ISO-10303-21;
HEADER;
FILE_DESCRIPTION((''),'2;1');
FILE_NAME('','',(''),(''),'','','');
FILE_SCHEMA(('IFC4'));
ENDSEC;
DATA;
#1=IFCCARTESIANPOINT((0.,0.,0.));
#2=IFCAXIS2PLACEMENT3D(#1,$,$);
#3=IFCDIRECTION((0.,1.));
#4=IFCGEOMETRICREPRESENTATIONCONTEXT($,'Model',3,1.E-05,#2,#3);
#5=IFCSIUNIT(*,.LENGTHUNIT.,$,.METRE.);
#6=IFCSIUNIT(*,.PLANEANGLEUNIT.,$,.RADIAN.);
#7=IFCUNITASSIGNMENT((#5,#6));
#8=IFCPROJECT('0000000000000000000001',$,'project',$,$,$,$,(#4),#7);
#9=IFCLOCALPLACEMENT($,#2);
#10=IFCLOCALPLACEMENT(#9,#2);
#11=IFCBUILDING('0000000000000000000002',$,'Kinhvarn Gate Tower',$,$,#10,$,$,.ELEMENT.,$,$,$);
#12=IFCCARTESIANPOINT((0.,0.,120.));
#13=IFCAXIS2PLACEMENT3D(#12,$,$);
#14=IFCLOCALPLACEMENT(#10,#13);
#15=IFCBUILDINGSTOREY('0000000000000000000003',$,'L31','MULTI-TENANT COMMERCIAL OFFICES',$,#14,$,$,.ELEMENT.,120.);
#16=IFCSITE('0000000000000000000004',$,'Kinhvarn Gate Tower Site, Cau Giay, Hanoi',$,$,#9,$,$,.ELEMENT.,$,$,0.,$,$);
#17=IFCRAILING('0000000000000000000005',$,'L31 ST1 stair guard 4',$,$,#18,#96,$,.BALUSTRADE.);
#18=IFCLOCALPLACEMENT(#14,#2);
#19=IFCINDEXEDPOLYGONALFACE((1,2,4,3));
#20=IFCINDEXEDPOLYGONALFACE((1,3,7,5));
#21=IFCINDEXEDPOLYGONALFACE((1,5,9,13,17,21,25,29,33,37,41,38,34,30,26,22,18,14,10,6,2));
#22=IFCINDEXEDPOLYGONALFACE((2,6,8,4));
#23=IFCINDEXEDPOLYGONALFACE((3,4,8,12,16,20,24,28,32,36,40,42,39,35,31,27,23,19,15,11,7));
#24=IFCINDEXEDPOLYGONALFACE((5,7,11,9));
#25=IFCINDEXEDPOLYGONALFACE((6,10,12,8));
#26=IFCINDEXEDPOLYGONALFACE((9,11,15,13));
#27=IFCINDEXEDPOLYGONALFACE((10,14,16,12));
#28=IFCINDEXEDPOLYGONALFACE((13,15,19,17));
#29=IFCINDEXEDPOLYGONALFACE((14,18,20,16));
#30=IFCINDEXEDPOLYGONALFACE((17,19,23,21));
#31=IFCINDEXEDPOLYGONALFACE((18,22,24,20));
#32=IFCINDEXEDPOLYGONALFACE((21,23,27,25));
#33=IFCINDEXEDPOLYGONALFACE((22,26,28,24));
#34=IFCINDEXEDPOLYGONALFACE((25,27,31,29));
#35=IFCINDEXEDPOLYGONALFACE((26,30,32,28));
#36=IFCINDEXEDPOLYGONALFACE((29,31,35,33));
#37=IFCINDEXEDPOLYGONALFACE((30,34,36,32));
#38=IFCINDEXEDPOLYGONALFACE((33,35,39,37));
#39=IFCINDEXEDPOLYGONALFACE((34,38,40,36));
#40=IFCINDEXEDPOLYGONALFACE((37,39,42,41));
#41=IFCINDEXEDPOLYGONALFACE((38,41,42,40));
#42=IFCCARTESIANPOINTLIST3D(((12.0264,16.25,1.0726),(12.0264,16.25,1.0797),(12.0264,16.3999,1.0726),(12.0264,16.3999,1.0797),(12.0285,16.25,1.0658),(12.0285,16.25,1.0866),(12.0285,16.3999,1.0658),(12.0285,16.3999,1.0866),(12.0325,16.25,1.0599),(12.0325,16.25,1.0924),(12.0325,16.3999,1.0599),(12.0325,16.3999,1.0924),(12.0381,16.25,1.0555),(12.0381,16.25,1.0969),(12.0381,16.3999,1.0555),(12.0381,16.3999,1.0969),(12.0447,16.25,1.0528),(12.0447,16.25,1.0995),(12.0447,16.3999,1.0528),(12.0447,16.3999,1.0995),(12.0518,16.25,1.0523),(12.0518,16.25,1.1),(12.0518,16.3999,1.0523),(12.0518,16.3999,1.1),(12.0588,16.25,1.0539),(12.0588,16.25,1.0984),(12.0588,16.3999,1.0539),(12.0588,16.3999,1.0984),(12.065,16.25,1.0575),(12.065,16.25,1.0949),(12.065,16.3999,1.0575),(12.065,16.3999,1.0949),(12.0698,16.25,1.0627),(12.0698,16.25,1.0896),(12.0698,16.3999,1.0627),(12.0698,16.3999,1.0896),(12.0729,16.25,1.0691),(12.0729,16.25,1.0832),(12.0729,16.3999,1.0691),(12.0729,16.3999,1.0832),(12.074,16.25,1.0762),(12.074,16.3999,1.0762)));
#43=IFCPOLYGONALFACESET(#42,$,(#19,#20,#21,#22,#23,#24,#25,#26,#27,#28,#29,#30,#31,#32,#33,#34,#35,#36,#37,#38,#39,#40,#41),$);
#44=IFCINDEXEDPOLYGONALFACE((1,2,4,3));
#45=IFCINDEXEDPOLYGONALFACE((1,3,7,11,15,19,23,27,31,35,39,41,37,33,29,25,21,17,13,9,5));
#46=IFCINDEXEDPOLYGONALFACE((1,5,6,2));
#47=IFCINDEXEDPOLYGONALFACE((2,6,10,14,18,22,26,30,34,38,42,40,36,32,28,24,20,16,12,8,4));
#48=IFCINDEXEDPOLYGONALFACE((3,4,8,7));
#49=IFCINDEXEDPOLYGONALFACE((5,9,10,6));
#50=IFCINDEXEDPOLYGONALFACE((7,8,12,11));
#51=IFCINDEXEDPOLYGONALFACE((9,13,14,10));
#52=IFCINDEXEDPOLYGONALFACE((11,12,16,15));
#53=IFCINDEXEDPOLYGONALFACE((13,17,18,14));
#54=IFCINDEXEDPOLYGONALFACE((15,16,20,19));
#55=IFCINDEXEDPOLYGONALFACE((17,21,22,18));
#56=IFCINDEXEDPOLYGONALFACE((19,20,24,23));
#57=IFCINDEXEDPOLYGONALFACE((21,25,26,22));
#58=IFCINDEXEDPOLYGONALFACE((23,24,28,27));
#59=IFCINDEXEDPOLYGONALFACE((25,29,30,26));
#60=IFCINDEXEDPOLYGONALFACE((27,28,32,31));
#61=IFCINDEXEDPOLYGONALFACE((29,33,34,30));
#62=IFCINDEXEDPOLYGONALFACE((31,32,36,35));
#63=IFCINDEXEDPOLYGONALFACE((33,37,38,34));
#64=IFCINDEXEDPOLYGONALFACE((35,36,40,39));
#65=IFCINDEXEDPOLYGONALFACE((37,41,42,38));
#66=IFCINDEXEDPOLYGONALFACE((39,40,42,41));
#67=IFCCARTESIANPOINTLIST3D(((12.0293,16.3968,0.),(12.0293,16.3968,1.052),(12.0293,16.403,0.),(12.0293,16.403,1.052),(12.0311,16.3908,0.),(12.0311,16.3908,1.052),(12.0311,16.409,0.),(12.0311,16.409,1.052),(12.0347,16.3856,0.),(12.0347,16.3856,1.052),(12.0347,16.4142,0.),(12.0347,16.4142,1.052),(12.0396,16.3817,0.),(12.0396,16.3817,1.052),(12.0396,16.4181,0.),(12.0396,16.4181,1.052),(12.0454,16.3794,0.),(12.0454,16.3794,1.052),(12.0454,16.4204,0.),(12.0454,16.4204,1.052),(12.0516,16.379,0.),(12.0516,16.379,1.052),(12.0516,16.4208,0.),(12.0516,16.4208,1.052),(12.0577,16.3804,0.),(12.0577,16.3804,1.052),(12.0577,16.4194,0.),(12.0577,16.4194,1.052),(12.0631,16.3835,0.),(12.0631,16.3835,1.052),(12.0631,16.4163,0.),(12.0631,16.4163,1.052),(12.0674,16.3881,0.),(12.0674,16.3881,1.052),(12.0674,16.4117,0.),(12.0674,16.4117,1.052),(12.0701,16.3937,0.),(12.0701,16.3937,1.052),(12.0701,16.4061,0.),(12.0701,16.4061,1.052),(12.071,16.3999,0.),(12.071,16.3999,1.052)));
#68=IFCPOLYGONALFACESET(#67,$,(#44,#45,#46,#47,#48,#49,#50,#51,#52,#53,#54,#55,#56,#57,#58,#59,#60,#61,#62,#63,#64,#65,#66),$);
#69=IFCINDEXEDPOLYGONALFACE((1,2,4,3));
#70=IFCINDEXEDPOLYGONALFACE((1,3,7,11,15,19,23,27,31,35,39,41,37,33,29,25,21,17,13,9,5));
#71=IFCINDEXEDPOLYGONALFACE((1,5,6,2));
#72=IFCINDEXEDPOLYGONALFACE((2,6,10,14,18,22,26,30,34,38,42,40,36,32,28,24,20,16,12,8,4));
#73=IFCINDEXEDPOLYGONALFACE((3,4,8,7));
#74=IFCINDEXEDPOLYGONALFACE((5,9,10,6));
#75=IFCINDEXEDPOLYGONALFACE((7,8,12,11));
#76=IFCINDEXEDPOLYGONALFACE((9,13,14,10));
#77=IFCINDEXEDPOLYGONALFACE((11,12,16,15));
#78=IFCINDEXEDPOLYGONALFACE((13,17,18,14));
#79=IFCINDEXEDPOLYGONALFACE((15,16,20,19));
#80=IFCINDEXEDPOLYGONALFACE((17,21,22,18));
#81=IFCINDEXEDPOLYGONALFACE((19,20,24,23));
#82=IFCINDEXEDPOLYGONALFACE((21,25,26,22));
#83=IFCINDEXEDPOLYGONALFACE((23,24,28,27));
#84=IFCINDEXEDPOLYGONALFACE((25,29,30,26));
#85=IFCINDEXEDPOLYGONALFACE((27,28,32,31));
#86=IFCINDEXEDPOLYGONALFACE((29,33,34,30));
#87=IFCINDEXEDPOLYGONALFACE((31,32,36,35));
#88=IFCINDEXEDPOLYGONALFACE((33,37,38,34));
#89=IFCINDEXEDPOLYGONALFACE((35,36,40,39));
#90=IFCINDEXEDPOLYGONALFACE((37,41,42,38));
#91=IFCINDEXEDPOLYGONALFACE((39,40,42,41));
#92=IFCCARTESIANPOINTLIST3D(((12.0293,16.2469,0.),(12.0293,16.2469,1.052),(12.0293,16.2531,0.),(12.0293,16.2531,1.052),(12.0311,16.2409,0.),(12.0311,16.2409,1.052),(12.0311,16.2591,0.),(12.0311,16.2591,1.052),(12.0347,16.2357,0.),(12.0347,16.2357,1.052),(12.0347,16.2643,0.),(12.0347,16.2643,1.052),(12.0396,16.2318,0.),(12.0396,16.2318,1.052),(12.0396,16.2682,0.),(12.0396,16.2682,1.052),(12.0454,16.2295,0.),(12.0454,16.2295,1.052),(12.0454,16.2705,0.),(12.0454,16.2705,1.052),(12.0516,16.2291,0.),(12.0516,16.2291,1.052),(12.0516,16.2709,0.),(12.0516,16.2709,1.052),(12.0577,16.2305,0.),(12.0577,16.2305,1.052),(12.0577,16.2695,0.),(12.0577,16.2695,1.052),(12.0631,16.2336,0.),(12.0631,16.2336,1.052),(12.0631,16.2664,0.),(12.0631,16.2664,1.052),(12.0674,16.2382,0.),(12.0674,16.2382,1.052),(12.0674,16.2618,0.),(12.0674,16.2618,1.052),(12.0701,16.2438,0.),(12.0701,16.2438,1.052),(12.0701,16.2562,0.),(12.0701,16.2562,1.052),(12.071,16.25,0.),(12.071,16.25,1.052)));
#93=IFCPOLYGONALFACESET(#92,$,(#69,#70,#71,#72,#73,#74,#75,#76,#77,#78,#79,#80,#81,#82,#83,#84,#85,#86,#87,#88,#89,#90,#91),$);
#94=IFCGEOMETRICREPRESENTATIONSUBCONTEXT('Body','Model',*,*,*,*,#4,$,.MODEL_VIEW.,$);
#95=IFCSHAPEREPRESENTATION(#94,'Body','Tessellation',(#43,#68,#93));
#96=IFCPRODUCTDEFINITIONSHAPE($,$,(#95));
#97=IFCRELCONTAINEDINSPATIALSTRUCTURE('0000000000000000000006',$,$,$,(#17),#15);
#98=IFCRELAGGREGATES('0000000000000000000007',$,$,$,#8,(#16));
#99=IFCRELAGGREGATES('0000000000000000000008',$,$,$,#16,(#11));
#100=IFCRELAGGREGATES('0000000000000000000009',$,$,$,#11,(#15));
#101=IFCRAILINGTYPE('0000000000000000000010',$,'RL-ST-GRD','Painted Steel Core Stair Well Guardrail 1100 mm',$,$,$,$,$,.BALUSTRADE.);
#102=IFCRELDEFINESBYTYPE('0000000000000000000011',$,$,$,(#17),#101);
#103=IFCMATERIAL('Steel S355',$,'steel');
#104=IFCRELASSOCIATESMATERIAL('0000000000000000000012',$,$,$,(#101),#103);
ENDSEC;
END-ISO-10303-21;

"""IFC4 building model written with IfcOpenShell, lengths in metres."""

from ifc_helpers import new_model, si_unit, direction, frame, origin, origin_2d, place, context, subcontext, project, spatial, circle, extrude, material, type_object, element, save


model = new_model("IFC4")

# Units and contexts
model_context = context("Model", 3, precision=1e-05, world=origin(), true_north=direction((0.0, 1.0)))
body_context = subcontext(model_context, "Body", "Model", "MODEL_VIEW")
ifc_project = project(units=[si_unit("LENGTHUNIT", "METRE"), si_unit("PLANEANGLEUNIT", "RADIAN")], contexts=[model_context])

# Site, building, storey
site_placement = place(None, origin())
site = spatial("IfcSite", under=ifc_project, at=site_placement, Name="Kinhvarn Gate Tower Site, Cau Giay, Hanoi", CompositionType="ELEMENT", RefElevation=0.0)
building_placement = place(site_placement, origin())
building = spatial("IfcBuilding", under=site, at=building_placement, Name="Kinhvarn Gate Tower", CompositionType="ELEMENT")
storey_placement = place(building_placement, frame((0.0, 0.0, 120.0)))
storey = spatial("IfcBuildingStorey", under=building, at=storey_placement, Name="L31", Description="MULTI-TENANT COMMERCIAL OFFICES", CompositionType="ELEMENT", Elevation=120.0)

# Shared definitions
ifc_material_1 = material(Name="Steel S355", Category="steel")

# Railing
railing_type_1 = type_object("IfcRailingType", Name="RL-ST-GRD", Description="Painted Steel Core Stair Well Guardrail 1100 mm", PredefinedType="BALUSTRADE", material=ifc_material_1)
railing_1_placement = place(storey_placement, frame((12.05, 16.3999, 0.0)))
element("IfcRailing", 1, at=railing_1_placement, inside=storey, type_object=railing_type_1, Name="L31 ST1 stair guard 4", PredefinedType="BALUSTRADE", context=body_context, shape_type="SweptSolid", body=[
    extrude(circle(Radius=0.0239, at=origin_2d()), frame((0.0, 0.0, 1.0762), z_axis=(0.0, -1.0, 0.0), x_axis=(1.0, 0.0, 0.0)), (0.0, 0.0, 1.0), 0.1499),
    extrude(circle(Radius=0.021, at=origin_2d()), origin(), (0.0, 0.0, 1.0), 1.052),
    extrude(circle(Radius=0.021, at=origin_2d()), frame((0.0, -0.1499, 0.0)), (0.0, 0.0, 1.0), 1.052),
])

save(model, "model.ifc")
